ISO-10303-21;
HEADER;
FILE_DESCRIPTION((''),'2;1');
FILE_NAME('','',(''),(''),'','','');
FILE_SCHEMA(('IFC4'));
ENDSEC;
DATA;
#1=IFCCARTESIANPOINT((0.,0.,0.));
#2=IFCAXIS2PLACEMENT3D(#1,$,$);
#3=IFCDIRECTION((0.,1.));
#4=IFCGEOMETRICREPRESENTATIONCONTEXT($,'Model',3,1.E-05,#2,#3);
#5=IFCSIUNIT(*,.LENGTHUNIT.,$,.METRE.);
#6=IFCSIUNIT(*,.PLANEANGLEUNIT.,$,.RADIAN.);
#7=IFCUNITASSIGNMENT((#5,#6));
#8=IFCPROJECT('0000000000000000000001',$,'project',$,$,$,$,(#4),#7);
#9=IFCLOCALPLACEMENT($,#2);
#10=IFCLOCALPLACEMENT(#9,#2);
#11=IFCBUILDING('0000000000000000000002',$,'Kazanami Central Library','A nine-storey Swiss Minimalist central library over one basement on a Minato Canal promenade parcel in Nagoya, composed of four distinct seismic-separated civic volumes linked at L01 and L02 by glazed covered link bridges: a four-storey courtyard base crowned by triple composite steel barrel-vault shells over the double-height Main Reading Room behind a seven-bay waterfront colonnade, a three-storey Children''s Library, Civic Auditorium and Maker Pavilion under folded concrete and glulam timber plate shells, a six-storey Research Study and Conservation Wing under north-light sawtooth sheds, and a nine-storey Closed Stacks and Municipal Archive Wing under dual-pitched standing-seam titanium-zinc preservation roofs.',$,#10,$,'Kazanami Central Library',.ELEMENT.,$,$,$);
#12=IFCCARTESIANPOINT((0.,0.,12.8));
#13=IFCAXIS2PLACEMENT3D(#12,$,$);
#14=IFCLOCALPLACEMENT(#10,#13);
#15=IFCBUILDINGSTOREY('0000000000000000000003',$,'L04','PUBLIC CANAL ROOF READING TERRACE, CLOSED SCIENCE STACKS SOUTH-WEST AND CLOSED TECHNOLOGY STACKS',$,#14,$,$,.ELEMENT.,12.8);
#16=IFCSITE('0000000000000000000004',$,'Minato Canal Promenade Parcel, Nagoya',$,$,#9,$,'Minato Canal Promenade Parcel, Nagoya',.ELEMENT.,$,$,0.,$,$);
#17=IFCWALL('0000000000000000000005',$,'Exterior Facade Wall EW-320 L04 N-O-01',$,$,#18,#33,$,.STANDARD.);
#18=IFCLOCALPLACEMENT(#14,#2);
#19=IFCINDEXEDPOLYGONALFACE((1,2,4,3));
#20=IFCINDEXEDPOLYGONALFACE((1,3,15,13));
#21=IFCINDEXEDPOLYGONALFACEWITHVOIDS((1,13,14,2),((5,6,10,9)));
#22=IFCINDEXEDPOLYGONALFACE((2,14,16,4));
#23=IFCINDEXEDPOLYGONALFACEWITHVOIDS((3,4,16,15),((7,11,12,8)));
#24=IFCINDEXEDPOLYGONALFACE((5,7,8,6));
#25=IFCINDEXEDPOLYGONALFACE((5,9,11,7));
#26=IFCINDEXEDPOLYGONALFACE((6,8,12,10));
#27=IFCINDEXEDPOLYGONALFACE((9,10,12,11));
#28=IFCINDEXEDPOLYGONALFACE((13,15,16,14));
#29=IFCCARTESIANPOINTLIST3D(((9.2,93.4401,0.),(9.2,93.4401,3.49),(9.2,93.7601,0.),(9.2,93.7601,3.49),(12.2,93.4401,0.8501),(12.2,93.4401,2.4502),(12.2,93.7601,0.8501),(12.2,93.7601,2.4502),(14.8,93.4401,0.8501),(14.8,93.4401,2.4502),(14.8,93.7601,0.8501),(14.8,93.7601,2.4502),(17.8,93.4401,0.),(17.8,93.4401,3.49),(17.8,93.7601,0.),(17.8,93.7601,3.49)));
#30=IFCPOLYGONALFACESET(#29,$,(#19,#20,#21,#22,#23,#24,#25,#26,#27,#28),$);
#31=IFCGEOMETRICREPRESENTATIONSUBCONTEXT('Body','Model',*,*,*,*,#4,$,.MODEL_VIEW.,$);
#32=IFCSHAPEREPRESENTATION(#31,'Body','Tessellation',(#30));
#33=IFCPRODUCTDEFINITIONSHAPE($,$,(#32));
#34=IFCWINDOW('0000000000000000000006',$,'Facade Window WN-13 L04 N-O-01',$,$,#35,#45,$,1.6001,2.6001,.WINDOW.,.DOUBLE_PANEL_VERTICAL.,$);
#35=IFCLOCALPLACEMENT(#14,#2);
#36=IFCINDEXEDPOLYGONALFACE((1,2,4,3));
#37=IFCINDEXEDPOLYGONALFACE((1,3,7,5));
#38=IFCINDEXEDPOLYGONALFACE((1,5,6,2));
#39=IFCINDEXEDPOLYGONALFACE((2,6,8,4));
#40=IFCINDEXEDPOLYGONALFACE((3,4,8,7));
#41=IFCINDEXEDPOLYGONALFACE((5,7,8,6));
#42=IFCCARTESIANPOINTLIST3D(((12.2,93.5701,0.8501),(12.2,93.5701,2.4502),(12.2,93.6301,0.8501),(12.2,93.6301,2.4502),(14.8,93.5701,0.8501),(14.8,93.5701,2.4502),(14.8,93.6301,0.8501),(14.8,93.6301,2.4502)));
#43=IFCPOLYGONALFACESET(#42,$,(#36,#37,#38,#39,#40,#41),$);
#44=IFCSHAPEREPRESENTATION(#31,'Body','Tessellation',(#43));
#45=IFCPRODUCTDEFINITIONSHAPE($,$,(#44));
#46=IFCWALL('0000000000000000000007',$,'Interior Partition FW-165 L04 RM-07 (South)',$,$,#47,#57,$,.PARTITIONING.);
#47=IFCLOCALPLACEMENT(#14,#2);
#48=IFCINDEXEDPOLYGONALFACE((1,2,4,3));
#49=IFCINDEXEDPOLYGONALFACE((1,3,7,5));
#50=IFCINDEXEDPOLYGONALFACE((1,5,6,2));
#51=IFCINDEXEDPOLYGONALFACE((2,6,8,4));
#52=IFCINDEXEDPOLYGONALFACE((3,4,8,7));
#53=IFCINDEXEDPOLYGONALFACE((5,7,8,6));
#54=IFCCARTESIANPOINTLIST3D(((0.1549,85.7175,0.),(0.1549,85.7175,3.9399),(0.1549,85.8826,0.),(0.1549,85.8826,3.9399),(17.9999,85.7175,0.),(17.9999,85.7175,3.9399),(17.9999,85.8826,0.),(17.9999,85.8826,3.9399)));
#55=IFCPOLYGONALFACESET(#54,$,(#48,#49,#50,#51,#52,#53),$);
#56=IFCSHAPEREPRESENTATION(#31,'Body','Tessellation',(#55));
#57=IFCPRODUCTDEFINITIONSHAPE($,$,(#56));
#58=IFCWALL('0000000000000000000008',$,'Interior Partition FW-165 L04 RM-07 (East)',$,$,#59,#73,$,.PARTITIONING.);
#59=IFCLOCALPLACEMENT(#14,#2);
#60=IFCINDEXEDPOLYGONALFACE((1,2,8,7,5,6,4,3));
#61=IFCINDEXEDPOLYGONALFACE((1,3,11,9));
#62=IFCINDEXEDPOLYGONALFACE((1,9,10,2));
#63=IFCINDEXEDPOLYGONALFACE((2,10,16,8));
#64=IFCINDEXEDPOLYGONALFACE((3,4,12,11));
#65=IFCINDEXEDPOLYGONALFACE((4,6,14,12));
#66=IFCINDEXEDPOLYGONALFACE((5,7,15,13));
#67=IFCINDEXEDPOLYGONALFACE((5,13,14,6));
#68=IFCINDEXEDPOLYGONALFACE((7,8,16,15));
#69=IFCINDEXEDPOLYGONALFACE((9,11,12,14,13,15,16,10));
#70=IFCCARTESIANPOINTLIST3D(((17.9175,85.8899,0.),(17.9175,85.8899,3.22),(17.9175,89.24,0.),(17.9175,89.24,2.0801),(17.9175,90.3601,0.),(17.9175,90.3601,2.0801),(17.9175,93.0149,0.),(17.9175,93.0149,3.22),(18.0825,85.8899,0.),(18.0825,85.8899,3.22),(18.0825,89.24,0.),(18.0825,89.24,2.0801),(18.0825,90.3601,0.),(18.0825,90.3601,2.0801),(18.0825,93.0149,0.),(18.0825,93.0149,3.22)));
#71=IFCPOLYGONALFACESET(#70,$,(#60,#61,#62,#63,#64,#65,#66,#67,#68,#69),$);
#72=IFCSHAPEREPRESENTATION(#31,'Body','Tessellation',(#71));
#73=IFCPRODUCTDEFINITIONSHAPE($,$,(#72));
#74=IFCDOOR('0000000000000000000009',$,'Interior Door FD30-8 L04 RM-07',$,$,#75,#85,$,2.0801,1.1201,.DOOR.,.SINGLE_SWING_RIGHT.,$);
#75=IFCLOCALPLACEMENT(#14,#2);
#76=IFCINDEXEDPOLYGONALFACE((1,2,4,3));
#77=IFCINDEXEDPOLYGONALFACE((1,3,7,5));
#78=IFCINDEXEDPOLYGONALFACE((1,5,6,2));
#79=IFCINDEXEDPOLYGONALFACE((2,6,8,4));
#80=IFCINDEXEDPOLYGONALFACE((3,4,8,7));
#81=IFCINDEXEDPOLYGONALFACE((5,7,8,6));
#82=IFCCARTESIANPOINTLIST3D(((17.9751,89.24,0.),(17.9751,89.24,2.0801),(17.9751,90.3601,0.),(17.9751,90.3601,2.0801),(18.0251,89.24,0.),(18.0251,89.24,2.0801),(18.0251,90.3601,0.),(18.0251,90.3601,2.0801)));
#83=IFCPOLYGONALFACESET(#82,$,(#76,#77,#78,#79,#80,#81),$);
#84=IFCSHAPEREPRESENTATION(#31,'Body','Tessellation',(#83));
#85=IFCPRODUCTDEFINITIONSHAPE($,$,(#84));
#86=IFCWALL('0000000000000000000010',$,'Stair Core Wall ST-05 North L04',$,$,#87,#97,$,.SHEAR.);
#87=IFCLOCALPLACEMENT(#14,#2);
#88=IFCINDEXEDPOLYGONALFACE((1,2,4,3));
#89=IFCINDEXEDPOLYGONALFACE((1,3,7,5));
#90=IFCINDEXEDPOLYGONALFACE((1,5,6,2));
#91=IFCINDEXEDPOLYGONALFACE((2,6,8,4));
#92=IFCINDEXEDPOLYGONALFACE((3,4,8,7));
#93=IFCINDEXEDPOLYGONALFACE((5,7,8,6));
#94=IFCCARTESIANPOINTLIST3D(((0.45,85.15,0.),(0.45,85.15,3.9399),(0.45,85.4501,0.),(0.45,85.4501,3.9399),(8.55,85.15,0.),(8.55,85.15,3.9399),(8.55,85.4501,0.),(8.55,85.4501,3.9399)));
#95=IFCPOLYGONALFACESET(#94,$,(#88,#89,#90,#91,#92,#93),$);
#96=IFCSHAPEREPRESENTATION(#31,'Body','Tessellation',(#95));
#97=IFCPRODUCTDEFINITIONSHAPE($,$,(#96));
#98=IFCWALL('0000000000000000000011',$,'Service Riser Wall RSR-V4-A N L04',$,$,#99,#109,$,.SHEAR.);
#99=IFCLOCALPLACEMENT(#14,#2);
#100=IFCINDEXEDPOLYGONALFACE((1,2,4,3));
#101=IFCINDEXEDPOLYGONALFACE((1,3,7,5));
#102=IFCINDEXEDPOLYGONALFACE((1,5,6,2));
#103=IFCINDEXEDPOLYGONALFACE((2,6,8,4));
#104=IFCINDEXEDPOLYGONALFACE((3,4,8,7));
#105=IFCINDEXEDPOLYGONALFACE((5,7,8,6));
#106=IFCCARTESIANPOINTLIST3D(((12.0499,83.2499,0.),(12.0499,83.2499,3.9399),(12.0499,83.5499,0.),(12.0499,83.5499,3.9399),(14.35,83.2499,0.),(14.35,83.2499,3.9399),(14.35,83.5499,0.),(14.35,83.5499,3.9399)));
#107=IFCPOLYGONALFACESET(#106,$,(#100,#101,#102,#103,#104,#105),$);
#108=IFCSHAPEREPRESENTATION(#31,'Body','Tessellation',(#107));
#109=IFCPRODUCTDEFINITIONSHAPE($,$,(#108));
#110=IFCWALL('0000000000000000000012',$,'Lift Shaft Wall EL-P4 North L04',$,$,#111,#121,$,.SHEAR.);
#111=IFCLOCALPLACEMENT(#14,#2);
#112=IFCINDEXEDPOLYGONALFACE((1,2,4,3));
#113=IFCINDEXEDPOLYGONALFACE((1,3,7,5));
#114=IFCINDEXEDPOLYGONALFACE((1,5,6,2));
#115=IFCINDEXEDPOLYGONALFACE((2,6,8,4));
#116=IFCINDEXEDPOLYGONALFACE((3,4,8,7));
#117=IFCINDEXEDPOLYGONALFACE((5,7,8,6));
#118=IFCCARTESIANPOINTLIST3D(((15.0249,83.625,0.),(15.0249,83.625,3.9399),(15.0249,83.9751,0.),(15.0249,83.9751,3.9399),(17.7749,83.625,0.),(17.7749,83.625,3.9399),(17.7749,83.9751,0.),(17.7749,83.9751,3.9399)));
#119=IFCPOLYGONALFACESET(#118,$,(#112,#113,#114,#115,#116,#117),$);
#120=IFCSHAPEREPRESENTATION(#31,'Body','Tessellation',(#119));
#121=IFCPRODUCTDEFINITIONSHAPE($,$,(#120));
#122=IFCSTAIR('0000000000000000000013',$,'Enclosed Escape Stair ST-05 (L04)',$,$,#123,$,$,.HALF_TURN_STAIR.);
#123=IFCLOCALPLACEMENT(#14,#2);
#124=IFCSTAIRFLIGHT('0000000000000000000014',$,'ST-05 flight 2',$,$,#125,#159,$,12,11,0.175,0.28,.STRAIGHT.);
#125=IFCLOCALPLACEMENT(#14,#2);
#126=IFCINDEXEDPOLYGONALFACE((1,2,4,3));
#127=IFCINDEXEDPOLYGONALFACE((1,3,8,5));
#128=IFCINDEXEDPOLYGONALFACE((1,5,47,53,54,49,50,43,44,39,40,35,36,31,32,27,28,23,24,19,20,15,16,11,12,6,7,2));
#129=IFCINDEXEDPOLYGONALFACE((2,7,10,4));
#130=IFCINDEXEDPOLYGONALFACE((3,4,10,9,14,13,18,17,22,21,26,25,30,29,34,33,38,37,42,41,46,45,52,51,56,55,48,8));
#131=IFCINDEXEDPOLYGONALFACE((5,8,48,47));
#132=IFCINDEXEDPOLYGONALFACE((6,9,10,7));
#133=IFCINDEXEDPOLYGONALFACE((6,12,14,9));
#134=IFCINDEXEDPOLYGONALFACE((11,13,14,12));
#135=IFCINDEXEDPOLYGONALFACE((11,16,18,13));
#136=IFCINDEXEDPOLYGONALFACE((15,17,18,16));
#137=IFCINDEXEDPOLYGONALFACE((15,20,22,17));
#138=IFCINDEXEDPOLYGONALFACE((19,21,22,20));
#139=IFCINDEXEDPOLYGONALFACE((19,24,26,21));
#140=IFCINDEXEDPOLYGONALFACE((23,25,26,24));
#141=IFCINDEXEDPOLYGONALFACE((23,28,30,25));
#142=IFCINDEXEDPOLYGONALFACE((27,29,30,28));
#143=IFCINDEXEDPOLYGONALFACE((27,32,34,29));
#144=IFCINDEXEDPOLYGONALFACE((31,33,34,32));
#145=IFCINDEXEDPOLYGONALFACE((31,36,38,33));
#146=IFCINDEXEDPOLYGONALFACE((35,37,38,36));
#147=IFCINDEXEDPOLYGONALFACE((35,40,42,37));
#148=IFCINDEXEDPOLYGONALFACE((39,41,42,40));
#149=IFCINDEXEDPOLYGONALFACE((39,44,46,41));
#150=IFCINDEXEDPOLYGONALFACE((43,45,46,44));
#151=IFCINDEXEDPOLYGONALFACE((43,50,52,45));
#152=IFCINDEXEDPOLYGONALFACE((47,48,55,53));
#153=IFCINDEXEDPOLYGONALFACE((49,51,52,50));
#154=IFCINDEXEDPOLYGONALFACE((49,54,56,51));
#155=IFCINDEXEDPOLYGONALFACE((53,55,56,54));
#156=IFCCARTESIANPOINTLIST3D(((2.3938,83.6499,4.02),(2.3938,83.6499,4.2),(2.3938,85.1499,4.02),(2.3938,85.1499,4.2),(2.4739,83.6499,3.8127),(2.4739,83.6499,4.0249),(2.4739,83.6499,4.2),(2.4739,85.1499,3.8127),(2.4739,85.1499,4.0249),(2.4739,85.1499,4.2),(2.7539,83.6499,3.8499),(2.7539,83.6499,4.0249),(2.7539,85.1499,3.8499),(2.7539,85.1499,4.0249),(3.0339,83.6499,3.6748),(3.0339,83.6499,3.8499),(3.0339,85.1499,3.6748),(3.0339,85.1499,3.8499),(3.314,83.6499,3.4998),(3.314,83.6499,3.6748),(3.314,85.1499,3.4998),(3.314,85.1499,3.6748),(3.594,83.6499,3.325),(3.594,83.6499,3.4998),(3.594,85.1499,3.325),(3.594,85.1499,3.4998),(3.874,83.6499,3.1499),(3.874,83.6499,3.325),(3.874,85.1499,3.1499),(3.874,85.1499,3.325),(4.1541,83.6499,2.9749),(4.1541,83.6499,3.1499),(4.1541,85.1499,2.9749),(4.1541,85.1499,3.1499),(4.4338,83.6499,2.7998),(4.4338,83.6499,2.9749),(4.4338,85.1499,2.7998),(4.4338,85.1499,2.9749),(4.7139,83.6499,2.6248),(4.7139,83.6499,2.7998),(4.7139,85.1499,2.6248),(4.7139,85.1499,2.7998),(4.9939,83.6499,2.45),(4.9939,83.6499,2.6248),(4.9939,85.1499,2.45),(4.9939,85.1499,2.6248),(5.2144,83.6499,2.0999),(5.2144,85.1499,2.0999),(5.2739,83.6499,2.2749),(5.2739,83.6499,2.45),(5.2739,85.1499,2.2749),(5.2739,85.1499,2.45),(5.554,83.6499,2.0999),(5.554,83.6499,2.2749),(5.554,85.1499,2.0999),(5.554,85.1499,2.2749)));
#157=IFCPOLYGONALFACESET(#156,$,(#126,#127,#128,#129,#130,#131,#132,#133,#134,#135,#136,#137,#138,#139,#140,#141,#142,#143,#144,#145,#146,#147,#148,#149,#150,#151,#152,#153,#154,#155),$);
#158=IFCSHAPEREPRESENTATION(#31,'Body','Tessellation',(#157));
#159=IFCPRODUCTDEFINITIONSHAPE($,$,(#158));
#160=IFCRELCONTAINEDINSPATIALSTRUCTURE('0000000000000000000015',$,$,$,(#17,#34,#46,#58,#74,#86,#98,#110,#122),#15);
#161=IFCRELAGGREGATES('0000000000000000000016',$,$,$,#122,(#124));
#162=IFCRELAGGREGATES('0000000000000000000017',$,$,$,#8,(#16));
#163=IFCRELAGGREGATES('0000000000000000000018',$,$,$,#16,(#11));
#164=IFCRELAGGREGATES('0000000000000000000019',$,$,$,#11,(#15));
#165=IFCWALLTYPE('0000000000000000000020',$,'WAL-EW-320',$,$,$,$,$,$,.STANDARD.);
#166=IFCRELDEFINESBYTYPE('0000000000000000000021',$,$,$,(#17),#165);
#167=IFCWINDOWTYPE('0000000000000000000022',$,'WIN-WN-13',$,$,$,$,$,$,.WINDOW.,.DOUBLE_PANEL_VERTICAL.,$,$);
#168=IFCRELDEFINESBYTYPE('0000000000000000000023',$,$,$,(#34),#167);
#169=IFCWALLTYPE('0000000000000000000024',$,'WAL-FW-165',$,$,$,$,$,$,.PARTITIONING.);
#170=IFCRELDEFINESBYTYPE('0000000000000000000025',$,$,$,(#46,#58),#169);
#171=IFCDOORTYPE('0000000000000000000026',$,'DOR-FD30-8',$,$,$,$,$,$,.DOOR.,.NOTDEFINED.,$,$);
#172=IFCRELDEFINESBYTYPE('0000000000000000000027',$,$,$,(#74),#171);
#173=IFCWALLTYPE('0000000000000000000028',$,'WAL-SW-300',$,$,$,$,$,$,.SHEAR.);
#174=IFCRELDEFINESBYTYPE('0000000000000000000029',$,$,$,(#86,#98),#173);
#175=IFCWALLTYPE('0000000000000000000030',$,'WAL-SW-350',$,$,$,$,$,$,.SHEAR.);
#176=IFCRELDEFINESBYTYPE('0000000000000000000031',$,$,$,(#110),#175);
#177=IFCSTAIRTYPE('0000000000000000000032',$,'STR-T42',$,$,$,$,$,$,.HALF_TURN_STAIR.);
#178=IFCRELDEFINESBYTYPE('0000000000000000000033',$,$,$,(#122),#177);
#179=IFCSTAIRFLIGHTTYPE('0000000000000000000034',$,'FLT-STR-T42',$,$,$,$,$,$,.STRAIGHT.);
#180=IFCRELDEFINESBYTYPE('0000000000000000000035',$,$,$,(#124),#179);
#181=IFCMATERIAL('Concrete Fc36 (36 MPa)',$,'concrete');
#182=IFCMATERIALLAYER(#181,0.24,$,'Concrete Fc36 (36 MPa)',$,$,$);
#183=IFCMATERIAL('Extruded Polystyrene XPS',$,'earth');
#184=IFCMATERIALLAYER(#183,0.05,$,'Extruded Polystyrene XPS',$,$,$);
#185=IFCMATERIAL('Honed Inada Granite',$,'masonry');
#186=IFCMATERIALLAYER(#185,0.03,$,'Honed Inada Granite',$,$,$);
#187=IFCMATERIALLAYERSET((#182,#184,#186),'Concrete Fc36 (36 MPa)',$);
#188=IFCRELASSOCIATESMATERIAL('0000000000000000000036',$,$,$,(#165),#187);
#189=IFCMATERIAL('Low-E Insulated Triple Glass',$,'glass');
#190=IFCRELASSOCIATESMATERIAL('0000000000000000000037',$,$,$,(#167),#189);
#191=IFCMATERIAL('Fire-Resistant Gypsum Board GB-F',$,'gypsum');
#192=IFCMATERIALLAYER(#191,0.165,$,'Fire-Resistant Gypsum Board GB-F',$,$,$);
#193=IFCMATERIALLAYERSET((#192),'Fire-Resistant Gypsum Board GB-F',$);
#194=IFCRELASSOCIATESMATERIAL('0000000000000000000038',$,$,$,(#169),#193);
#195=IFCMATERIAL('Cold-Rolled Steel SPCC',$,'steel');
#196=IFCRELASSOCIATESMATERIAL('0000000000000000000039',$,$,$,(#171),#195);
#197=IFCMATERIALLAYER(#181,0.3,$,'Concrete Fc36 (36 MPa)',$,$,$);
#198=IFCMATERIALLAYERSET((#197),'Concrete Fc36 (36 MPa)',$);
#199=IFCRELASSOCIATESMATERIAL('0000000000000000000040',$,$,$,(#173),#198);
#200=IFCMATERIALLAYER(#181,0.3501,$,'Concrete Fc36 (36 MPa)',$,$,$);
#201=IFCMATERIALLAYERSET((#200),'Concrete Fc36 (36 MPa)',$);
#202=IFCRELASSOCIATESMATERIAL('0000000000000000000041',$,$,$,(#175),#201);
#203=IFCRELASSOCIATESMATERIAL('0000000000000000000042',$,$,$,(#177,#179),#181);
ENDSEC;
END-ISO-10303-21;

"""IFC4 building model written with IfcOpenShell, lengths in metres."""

from ifc_helpers import new_model, si_unit, direction, frame, frame_2d, origin, place, context, subcontext, project, spatial, polyline, rectangle, outline, extrude, material, layer, layer_set, type_object, element, fill, aggregate, save


model = new_model("IFC4")

# Units and contexts
model_context = context("Model", 3, precision=1e-05, world=origin(), true_north=direction((0.0, 1.0)))
body_context = subcontext(model_context, "Body", "Model", "MODEL_VIEW")
ifc_project = project(units=[si_unit("LENGTHUNIT", "METRE"), si_unit("PLANEANGLEUNIT", "RADIAN")], contexts=[model_context])

# Site, building, storey
site_placement = place(None, origin())
site = spatial("IfcSite", under=ifc_project, at=site_placement, Name="Minato Canal Promenade Parcel, Nagoya", LongName="Minato Canal Promenade Parcel, Nagoya", CompositionType="ELEMENT", RefElevation=0.0)
building_placement = place(site_placement, origin())
building = spatial("IfcBuilding", under=site, at=building_placement, Name="Kazanami Central Library", Description="A nine-storey Swiss Minimalist central library over one basement on a Minato Canal promenade parcel in Nagoya, composed of four distinct seismic-separated civic volumes linked at L01 and L02 by glazed covered link bridges: a four-storey courtyard base crowned by triple composite steel barrel-vault shells over the double-height Main Reading Room behind a seven-bay waterfront colonnade, a three-storey Children's Library, Civic Auditorium and Maker Pavilion under folded concrete and glulam timber plate shells, a six-storey Research Study and Conservation Wing under north-light sawtooth sheds, and a nine-storey Closed Stacks and Municipal Archive Wing under dual-pitched standing-seam titanium-zinc preservation roofs.", LongName="Kazanami Central Library", CompositionType="ELEMENT")
storey_placement = place(building_placement, frame((0.0, 0.0, 12.8)))
storey = spatial("IfcBuildingStorey", under=building, at=storey_placement, Name="L04", Description="PUBLIC CANAL ROOF READING TERRACE, CLOSED SCIENCE STACKS SOUTH-WEST AND CLOSED TECHNOLOGY STACKS", CompositionType="ELEMENT", Elevation=12.8)

# Wall, opening, window
ifc_material_1 = material(Name="Concrete Fc36 (36 MPa)", Category="concrete")
ifc_layer_1 = layer(ifc_material_1, 0.24, Name="Concrete Fc36 (36 MPa)")
ifc_material_2 = material(Name="Extruded Polystyrene XPS", Category="earth")
ifc_layer_2 = layer(ifc_material_2, 0.05, Name="Extruded Polystyrene XPS")
ifc_material_3 = material(Name="Honed Inada Granite", Category="masonry")
ifc_layer_3 = layer(ifc_material_3, 0.03, Name="Honed Inada Granite")
ifc_layer_set_1 = layer_set([ifc_layer_1, ifc_layer_2, ifc_layer_3], Name="Concrete Fc36 (36 MPa)")
wall_type_1 = type_object("IfcWallType", Name="WAL-EW-320", PredefinedType="STANDARD", material=ifc_layer_set_1)
ifc_material_4 = material(Name="Low-E Insulated Triple Glass", Category="glass")
window_type = type_object("IfcWindowType", Name="WIN-WN-13", PartitioningType="DOUBLE_PANEL_VERTICAL", PredefinedType="WINDOW", material=ifc_material_4)
wall_1_placement = place(storey_placement, frame((17.8, 93.6001, 0.0), z_axis=(0.0, 0.0, 1.0), x_axis=(-1.0, 0.0, 0.0)))
wall_1 = element("IfcWall", 1, at=wall_1_placement, inside=storey, type_object=wall_type_1, Name="Exterior Facade Wall EW-320 L04 N-O-01", PredefinedType="STANDARD", context=body_context, shape_type="SweptSolid", body=[
    extrude(rectangle(XDim=8.6001, YDim=0.3201, at=frame_2d((4.3, 0.0))), origin(), (0.0, 0.0, 1.0), 3.49),
])
opening_1_placement = place(wall_1_placement, frame((3.0, 0.0, 0.8501)))
opening_1 = element("IfcOpeningElement", 2, at=opening_1_placement, cuts=wall_1, PredefinedType="OPENING", context=body_context, shape_type="SweptSolid", body=[
    extrude(rectangle(XDim=2.6001, YDim=1.6001, at=frame_2d((1.3, 0.8))), frame((0.0, 0.1719, 0.0), z_axis=(0.0, -1.0, 0.0), x_axis=(1.0, 0.0, 0.0)), (0.0, 0.0, 1.0), 0.344),
])
window_1_placement = place(opening_1_placement, origin())
window_1 = element("IfcWindow", 3, at=window_1_placement, inside=storey, type_object=window_type, Name="Facade Window WN-13 L04 N-O-01", OverallHeight=1.6001, OverallWidth=2.6001, PartitioningType="DOUBLE_PANEL_VERTICAL", PredefinedType="WINDOW", context=body_context, shape_type="SweptSolid", body=[
    extrude(rectangle(XDim=2.6001, YDim=1.6001, at=frame_2d((1.3, 0.8))), frame((0.0, 0.03, 0.0), z_axis=(0.0, -1.0, 0.0), x_axis=(1.0, 0.0, 0.0)), (0.0, 0.0, 1.0), 0.0601),
])
fill(opening_1, window_1)

# Wall
ifc_material_5 = material(Name="Fire-Resistant Gypsum Board GB-F", Category="gypsum")
ifc_layer_4 = layer(ifc_material_5, 0.165, Name="Fire-Resistant Gypsum Board GB-F")
ifc_layer_set_2 = layer_set([ifc_layer_4], Name="Fire-Resistant Gypsum Board GB-F")
wall_type_2 = type_object("IfcWallType", Name="WAL-FW-165", PredefinedType="PARTITIONING", material=ifc_layer_set_2)
wall_2_placement = place(storey_placement, frame((0.155, 85.8, 0.0), z_axis=(0.0, 0.0, 1.0), x_axis=(1.0, 0.0, 0.0)))
element("IfcWall", 4, at=wall_2_placement, inside=storey, type_object=wall_type_2, Name="Interior Partition FW-165 L04 RM-07 (South)", PredefinedType="PARTITIONING", context=body_context, shape_type="SweptSolid", body=[
    extrude(rectangle(XDim=17.845, YDim=0.165, at=frame_2d((8.9224, 0.0))), origin(), (0.0, 0.0, 1.0), 3.9399),
])

# Wall, opening, door
wall_3_placement = place(storey_placement, frame((18.0, 85.8899, 0.0), z_axis=(0.0, 0.0, 1.0), x_axis=(0.0, 1.0, 0.0)))
wall_3 = element("IfcWall", 5, at=wall_3_placement, inside=storey, type_object=wall_type_2, Name="Interior Partition FW-165 L04 RM-07 (East)", PredefinedType="PARTITIONING", context=body_context, shape_type="SweptSolid", body=[
    extrude(rectangle(XDim=7.125, YDim=0.165, at=frame_2d((3.5625, 0.0))), origin(), (0.0, 0.0, 1.0), 3.22),
])
opening_2_placement = place(wall_3_placement, frame((3.3501, 0.0, 0.0)))
opening_2 = element("IfcOpeningElement", 6, at=opening_2_placement, cuts=wall_3, PredefinedType="OPENING", context=body_context, shape_type="SweptSolid", body=[
    extrude(rectangle(XDim=1.1201, YDim=2.0801, at=frame_2d((0.5601, 1.04))), frame((0.0, 0.0945, 0.0), z_axis=(0.0, -1.0, 0.0), x_axis=(1.0, 0.0, 0.0)), (0.0, 0.0, 1.0), 0.189),
])
ifc_material_6 = material(Name="Cold-Rolled Steel SPCC", Category="steel")
door_type = type_object("IfcDoorType", Name="DOR-FD30-8", OperationType="NOTDEFINED", PredefinedType="DOOR", material=ifc_material_6)
door_placement = place(opening_2_placement, origin())
door = element("IfcDoor", 7, at=door_placement, inside=storey, type_object=door_type, Name="Interior Door FD30-8 L04 RM-07", OperationType="SINGLE_SWING_RIGHT", OverallHeight=2.0801, OverallWidth=1.1201, PredefinedType="DOOR", context=body_context, shape_type="SweptSolid", body=[
    extrude(rectangle(XDim=1.1201, YDim=2.0801, at=frame_2d((0.5601, 1.04))), frame((0.0, 0.0249, 0.0), z_axis=(0.0, -1.0, 0.0), x_axis=(1.0, 0.0, 0.0)), (0.0, 0.0, 1.0), 0.05),
])
fill(opening_2, door)

# Walls
ifc_layer_5 = layer(ifc_material_1, 0.3, Name="Concrete Fc36 (36 MPa)")
ifc_layer_set_3 = layer_set([ifc_layer_5], Name="Concrete Fc36 (36 MPa)")
wall_type_3 = type_object("IfcWallType", Name="WAL-SW-300", PredefinedType="SHEAR", material=ifc_layer_set_3)
wall_4_placement = place(storey_placement, frame((0.45, 85.3, 0.0), z_axis=(0.0, 0.0, 1.0), x_axis=(1.0, 0.0, 0.0)))
element("IfcWall", 8, at=wall_4_placement, inside=storey, type_object=wall_type_3, Name="Stair Core Wall ST-05 North L04", PredefinedType="SHEAR", context=body_context, shape_type="SweptSolid", body=[
    extrude(rectangle(XDim=8.1001, YDim=0.3, at=frame_2d((4.05, 0.0))), origin(), (0.0, 0.0, 1.0), 3.9399),
])
wall_5_placement = place(storey_placement, frame((12.05, 83.3999, 0.0), z_axis=(0.0, 0.0, 1.0), x_axis=(1.0, 0.0, 0.0)))
element("IfcWall", 9, at=wall_5_placement, inside=storey, type_object=wall_type_3, Name="Service Riser Wall RSR-V4-A N L04", PredefinedType="SHEAR", context=body_context, shape_type="SweptSolid", body=[
    extrude(rectangle(XDim=2.3, YDim=0.3, at=frame_2d((1.1499, 0.0))), origin(), (0.0, 0.0, 1.0), 3.9399),
])
ifc_layer_6 = layer(ifc_material_1, 0.3501, Name="Concrete Fc36 (36 MPa)")
ifc_layer_set_4 = layer_set([ifc_layer_6], Name="Concrete Fc36 (36 MPa)")
wall_type_4 = type_object("IfcWallType", Name="WAL-SW-350", PredefinedType="SHEAR", material=ifc_layer_set_4)
wall_6_placement = place(storey_placement, frame((15.0249, 83.8, 0.0), z_axis=(0.0, 0.0, 1.0), x_axis=(1.0, 0.0, 0.0)))
element("IfcWall", 10, at=wall_6_placement, inside=storey, type_object=wall_type_4, Name="Lift Shaft Wall EL-P4 North L04", PredefinedType="SHEAR", context=body_context, shape_type="SweptSolid", body=[
    extrude(rectangle(XDim=2.75, YDim=0.3501, at=frame_2d((1.375, 0.0))), origin(), (0.0, 0.0, 1.0), 3.9399),
])

# Stair, stair flight
stair_type = type_object("IfcStairType", Name="STR-T42", PredefinedType="HALF_TURN_STAIR", material=ifc_material_1)
stair_placement = place(storey_placement, origin())
stair = element("IfcStair", 11, at=stair_placement, inside=storey, type_object=stair_type, Name="Enclosed Escape Stair ST-05 (L04)", PredefinedType="HALF_TURN_STAIR")
stair_flight_type = type_object("IfcStairFlightType", Name="FLT-STR-T42", PredefinedType="STRAIGHT", material=ifc_material_1)
stair_flight_placement = place(storey_placement, frame((5.554, 84.3999, 2.0999), z_axis=(0.0, 0.0, 1.0), x_axis=(-1.0, 0.0, 0.0)))
stair_flight = element("IfcStairFlight", 12, at=stair_flight_placement, type_object=stair_flight_type, Name="ST-05 flight 2", NumberOfRisers=12, NumberOfTreads=11, PredefinedType="STRAIGHT", RiserHeight=0.175, TreadLength=0.28, context=body_context, shape_type="SweptSolid", body=[
    extrude(outline(polyline([(0.0, 0.0), (0.0, 0.175), (0.28, 0.175), (0.28, 0.3501), (0.5601, 0.3501), (0.5601, 0.5249), (0.8401, 0.5249), (0.8401, 0.7), (1.1201, 0.7), (1.1201, 0.875), (1.3999, 0.875), (1.3999, 1.05), (1.6799, 1.05), (1.6799, 1.2251), (1.96, 1.2251), (1.96, 1.3999), (2.24, 1.3999), (2.24, 1.575), (2.52, 1.575), (2.52, 1.75), (2.8, 1.75), (2.8, 1.925), (3.0801, 1.925), (3.0801, 2.1001), (3.1602, 2.1001), (3.1602, 1.9202), (3.0801, 1.7129), (0.3396, 0.0), (0.0, 0.0)])), frame((0.0, 0.75, 0.0), z_axis=(0.0, -1.0, 0.0), x_axis=(1.0, 0.0, 0.0)), (0.0, 0.0, 1.0), 1.5),
])
aggregate(stair, [stair_flight])

save(model, "model.ifc")
